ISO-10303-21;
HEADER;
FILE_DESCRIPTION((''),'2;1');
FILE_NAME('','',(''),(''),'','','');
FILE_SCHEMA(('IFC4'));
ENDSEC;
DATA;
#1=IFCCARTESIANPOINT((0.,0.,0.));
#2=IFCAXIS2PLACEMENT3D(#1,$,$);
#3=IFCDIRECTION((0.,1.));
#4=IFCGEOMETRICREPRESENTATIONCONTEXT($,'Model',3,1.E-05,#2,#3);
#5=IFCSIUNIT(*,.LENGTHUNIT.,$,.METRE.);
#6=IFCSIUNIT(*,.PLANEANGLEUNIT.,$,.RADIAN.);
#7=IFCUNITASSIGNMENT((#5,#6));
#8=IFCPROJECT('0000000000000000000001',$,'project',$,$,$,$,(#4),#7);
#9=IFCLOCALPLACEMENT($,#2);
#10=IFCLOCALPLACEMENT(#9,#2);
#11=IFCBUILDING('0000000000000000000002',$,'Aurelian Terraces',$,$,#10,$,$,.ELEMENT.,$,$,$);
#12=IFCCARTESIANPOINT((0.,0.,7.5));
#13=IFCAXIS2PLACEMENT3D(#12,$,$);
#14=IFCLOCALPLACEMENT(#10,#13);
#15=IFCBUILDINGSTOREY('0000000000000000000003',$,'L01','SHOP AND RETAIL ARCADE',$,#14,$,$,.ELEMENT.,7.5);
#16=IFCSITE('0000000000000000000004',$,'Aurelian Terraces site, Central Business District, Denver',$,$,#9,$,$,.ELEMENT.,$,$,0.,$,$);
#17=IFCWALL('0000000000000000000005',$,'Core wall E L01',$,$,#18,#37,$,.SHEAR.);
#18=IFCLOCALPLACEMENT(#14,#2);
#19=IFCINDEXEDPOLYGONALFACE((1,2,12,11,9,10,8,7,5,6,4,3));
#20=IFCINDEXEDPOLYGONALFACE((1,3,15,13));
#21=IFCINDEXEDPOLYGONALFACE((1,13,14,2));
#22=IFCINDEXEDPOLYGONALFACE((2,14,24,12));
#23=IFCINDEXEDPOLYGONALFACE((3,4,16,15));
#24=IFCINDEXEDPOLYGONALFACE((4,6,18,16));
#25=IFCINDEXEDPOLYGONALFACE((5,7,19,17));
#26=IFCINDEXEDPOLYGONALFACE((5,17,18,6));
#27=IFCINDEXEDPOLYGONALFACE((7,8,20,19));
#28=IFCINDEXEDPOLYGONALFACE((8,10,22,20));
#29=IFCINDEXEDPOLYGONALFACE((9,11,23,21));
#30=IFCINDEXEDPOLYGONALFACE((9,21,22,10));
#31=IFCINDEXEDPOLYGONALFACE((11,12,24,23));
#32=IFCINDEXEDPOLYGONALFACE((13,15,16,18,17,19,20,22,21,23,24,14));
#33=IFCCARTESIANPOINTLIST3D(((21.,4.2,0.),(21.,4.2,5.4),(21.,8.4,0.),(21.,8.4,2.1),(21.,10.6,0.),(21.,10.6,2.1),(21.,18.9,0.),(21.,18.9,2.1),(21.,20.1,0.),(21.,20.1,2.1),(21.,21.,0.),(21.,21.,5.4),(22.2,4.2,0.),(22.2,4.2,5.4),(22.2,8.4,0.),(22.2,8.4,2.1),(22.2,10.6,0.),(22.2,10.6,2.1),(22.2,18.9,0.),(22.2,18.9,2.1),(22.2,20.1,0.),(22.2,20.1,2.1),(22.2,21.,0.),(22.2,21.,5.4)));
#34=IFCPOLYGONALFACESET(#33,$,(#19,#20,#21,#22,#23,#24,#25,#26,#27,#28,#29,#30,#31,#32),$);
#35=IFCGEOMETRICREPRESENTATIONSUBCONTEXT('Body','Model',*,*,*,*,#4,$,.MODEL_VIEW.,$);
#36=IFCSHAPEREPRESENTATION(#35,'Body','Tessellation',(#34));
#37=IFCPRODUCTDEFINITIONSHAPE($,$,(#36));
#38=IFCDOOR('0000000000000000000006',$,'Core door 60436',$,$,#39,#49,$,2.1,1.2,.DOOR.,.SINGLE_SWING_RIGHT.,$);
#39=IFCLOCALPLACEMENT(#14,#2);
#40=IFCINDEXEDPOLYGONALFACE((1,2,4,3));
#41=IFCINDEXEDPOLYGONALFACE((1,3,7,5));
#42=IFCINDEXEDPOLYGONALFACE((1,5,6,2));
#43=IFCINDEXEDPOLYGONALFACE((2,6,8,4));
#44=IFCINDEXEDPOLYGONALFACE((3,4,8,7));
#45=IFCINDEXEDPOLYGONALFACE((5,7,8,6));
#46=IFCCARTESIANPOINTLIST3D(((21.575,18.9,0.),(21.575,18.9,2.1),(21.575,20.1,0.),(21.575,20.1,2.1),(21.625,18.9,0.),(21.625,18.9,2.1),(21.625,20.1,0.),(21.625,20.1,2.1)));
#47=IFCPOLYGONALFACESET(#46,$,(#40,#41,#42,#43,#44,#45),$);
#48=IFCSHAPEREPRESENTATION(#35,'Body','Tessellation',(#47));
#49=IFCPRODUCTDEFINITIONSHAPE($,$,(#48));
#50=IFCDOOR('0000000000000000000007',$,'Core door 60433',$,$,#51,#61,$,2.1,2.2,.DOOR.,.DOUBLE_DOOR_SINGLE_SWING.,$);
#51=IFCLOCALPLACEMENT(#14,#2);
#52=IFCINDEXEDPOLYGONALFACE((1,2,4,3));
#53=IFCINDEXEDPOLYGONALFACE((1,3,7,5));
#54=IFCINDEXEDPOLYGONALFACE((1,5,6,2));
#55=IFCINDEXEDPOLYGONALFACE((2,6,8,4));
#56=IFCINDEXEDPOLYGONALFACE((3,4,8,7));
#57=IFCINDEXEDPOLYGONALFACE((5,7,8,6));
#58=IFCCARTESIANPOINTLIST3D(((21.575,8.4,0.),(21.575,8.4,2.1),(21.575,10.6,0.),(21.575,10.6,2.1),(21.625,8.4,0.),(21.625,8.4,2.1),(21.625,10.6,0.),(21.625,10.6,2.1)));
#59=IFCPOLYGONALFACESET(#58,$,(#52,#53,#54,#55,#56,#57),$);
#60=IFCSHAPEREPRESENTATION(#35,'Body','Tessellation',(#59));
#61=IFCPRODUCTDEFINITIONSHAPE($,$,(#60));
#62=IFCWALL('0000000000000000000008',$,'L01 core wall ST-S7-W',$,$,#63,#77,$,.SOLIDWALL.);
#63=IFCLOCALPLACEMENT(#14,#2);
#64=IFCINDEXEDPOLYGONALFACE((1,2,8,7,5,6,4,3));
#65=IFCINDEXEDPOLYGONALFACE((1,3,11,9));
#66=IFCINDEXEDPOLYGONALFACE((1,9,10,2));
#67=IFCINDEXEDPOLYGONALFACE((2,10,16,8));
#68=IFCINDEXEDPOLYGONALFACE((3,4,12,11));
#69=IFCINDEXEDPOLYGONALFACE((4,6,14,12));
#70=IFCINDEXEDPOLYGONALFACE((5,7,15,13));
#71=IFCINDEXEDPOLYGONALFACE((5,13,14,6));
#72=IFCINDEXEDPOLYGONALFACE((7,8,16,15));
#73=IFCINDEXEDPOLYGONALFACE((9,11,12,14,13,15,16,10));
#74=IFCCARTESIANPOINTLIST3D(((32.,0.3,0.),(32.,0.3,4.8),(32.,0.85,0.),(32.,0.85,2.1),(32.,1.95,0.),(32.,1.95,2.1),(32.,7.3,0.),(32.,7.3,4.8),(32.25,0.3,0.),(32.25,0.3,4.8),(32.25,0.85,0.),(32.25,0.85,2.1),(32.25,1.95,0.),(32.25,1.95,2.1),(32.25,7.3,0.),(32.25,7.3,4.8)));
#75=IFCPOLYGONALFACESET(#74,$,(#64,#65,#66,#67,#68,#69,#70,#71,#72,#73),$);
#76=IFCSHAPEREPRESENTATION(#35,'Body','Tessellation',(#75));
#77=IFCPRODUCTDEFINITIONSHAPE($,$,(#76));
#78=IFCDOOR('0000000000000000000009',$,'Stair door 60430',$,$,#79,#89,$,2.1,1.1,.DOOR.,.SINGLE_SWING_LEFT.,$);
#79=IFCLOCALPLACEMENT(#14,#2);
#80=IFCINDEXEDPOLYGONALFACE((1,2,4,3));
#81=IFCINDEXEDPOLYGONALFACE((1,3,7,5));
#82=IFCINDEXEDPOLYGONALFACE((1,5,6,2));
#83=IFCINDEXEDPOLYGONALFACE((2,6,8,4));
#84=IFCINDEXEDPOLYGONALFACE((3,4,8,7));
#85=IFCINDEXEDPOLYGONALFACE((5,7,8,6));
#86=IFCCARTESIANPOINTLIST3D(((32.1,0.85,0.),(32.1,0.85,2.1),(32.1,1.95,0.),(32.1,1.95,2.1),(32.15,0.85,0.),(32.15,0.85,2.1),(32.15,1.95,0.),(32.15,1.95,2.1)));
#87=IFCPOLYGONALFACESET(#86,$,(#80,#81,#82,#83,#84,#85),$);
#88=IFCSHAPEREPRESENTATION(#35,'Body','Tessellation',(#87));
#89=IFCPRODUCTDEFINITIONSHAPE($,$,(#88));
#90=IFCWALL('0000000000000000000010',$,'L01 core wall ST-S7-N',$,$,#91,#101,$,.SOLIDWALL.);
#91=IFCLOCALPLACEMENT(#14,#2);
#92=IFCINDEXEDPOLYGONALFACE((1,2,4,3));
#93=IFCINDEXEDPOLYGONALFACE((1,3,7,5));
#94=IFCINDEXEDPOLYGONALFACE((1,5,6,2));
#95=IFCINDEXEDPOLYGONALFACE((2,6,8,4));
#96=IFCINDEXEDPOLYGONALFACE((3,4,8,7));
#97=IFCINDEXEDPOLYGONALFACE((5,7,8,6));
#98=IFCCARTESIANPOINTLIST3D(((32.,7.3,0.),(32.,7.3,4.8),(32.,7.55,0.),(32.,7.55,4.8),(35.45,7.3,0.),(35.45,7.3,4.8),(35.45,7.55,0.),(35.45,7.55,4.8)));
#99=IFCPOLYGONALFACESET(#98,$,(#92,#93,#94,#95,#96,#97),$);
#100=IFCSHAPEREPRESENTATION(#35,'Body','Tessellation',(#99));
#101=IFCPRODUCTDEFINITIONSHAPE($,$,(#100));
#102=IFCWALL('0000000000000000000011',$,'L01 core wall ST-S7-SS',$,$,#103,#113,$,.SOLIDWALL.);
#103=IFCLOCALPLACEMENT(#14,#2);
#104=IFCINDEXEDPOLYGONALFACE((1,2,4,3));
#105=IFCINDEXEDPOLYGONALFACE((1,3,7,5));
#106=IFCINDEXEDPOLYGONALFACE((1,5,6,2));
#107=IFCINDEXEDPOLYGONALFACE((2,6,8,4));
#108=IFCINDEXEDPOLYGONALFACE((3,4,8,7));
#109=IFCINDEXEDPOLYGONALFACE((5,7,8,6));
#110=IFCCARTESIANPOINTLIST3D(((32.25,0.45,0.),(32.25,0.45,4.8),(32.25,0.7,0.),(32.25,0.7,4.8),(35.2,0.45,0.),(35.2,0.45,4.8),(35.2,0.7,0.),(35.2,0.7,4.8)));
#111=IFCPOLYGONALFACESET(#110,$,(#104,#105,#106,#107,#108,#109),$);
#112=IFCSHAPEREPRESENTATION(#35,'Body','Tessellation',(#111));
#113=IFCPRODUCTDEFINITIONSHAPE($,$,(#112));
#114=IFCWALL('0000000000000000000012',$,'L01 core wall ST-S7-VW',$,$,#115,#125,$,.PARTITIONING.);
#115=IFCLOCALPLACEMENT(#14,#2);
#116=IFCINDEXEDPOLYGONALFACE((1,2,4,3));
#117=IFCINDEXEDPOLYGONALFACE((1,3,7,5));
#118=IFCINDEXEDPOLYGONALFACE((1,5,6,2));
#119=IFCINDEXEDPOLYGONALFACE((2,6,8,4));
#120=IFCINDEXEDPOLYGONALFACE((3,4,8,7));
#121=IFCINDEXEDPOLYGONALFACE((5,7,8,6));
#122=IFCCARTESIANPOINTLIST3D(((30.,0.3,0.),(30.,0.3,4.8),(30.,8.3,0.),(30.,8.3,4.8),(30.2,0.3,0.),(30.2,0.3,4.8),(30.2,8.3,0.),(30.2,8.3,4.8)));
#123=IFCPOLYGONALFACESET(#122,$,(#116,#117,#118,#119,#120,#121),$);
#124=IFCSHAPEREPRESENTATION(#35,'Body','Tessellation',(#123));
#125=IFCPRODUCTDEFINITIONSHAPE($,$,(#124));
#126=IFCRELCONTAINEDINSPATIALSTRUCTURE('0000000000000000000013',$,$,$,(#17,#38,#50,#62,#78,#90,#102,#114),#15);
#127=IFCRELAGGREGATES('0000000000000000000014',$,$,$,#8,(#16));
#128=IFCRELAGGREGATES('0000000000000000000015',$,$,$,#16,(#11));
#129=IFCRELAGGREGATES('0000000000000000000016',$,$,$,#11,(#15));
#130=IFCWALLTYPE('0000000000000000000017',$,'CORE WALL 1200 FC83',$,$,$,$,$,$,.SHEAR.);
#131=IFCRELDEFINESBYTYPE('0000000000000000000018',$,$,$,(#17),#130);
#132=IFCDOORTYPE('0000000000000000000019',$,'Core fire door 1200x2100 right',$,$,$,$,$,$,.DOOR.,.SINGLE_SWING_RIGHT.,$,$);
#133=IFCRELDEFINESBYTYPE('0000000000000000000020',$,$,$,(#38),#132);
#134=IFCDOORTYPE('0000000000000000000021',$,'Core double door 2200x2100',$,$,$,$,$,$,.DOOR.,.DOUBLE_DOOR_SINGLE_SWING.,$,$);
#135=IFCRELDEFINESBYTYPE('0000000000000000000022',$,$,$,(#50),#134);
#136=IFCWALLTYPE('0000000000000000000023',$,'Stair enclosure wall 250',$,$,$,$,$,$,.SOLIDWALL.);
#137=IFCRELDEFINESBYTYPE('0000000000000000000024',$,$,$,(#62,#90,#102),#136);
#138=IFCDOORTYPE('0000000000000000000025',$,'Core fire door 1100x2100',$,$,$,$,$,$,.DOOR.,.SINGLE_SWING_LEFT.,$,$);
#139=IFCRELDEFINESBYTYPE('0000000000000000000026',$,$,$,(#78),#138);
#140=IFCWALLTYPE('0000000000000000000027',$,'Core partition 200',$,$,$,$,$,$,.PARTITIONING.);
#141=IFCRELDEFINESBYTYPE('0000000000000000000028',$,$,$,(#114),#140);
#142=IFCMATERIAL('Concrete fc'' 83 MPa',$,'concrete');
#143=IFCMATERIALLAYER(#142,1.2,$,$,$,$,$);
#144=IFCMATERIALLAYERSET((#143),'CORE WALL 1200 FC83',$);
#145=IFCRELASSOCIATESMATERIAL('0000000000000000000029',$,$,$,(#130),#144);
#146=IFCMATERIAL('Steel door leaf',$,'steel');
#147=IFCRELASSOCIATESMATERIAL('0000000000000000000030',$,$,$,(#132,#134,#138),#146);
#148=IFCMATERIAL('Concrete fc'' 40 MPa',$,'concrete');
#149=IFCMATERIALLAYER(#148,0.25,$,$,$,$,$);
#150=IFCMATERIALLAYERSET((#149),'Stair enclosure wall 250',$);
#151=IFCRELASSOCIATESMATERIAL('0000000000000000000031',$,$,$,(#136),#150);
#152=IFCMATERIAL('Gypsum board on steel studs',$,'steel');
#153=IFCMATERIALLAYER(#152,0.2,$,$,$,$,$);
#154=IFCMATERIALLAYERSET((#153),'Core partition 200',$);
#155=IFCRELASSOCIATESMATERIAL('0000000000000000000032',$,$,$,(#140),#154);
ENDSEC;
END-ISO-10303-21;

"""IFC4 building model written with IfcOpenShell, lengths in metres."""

from ifc_helpers import new_model, si_unit, direction, frame, frame_2d, origin, place, context, subcontext, project, spatial, rectangle, extrude, source, transform, mapped, material, layer, layer_set, type_object, element, fill, save


model = new_model("IFC4")

# Units and contexts
model_context = context("Model", 3, precision=1e-05, world=origin(), true_north=direction((0.0, 1.0)))
body_context = subcontext(model_context, "Body", "Model", "MODEL_VIEW")
ifc_project = project(units=[si_unit("LENGTHUNIT", "METRE"), si_unit("PLANEANGLEUNIT", "RADIAN")], contexts=[model_context])

# Site, building, storey
site_placement = place(None, origin())
site = spatial("IfcSite", under=ifc_project, at=site_placement, Name="Aurelian Terraces site, Central Business District, Denver", CompositionType="ELEMENT", RefElevation=0.0)
building_placement = place(site_placement, origin())
building = spatial("IfcBuilding", under=site, at=building_placement, Name="Aurelian Terraces", CompositionType="ELEMENT")
storey_placement = place(building_placement, frame((0.0, 0.0, 7.5)))
storey = spatial("IfcBuildingStorey", under=building, at=storey_placement, Name="L01", Description="SHOP AND RETAIL ARCADE", CompositionType="ELEMENT", Elevation=7.5)

# Wall, openings, doors
ifc_material_1 = material(Name="Concrete fc' 83 MPa", Category="concrete")
ifc_layer_1 = layer(ifc_material_1, 1.2)
ifc_layer_set_1 = layer_set([ifc_layer_1], Name="CORE WALL 1200 FC83")
wall_type_1 = type_object("IfcWallType", Name="CORE WALL 1200 FC83", PredefinedType="SHEAR", material=ifc_layer_set_1)
wall_1_placement = place(storey_placement, frame((21.6, 4.2, 0.0), z_axis=(0.0, 0.0, 1.0), x_axis=(0.0, 1.0, 0.0)))
wall_1 = element("IfcWall", 1, at=wall_1_placement, inside=storey, type_object=wall_type_1, Name="Core wall E L01", PredefinedType="SHEAR", context=body_context, shape_type="SweptSolid", body=[
    extrude(rectangle(XDim=16.8, YDim=1.2, at=frame_2d((8.4, 0.0))), origin(), (0.0, 0.0, 1.0), 5.4),
])
shared_shape_1 = source(origin(), body_context, "Body", "SweptSolid", [
    extrude(rectangle(XDim=2.2, YDim=2.1, at=frame_2d((1.1, 1.05))), frame((0.0, 0.61, 0.0), z_axis=(0.0, -1.0, 0.0), x_axis=(1.0, 0.0, 0.0)), (0.0, 0.0, 1.0), 1.22),
])
opening_1_placement = place(wall_1_placement, frame((4.2, 0.0, 0.0)))
opening_1 = element("IfcOpeningElement", 2, at=opening_1_placement, cuts=wall_1, PredefinedType="OPENING", context=body_context, shape_type="MappedRepresentation", body=[
    mapped(shared_shape_1, transform((0.0, 0.0, 0.0), scale=1.0)),
])
shared_shape_2 = source(origin(), body_context, "Body", "SweptSolid", [
    extrude(rectangle(XDim=1.2, YDim=2.1, at=frame_2d((0.6, 1.05))), frame((0.0, 0.61, 0.0), z_axis=(0.0, -1.0, 0.0), x_axis=(1.0, 0.0, 0.0)), (0.0, 0.0, 1.0), 1.22),
])
opening_2_placement = place(wall_1_placement, frame((14.7, 0.0, 0.0)))
opening_2 = element("IfcOpeningElement", 3, at=opening_2_placement, cuts=wall_1, PredefinedType="OPENING", context=body_context, shape_type="MappedRepresentation", body=[
    mapped(shared_shape_2, transform((0.0, 0.0, 0.0), scale=1.0)),
])
ifc_material_2 = material(Name="Steel door leaf", Category="steel")
door_type_1 = type_object("IfcDoorType", Name="Core fire door 1200x2100 right", OperationType="SINGLE_SWING_RIGHT", PredefinedType="DOOR", material=ifc_material_2)
shared_shape_3 = source(origin(), body_context, "Body", "SweptSolid", [
    extrude(rectangle(XDim=1.2, YDim=2.1, at=frame_2d((0.6, 1.05))), frame((0.0, 0.025, 0.0), z_axis=(0.0, -1.0, 0.0), x_axis=(1.0, 0.0, 0.0)), (0.0, 0.0, 1.0), 0.05),
])
door_1_placement = place(opening_2_placement, origin())
door_1 = element("IfcDoor", 4, at=door_1_placement, inside=storey, type_object=door_type_1, Name="Core door 60436", OperationType="SINGLE_SWING_RIGHT", OverallHeight=2.1, OverallWidth=1.2, PredefinedType="DOOR", context=body_context, shape_type="MappedRepresentation", body=[
    mapped(shared_shape_3, transform((0.0, 0.0, 0.0), scale=1.0)),
])
fill(opening_2, door_1)
door_type_2 = type_object("IfcDoorType", Name="Core double door 2200x2100", OperationType="DOUBLE_DOOR_SINGLE_SWING", PredefinedType="DOOR", material=ifc_material_2)
shared_shape_4 = source(origin(), body_context, "Body", "SweptSolid", [
    extrude(rectangle(XDim=2.2, YDim=2.1, at=frame_2d((1.1, 1.05))), frame((0.0, 0.025, 0.0), z_axis=(0.0, -1.0, 0.0), x_axis=(1.0, 0.0, 0.0)), (0.0, 0.0, 1.0), 0.05),
])
door_2_placement = place(opening_1_placement, origin())
door_2 = element("IfcDoor", 5, at=door_2_placement, inside=storey, type_object=door_type_2, Name="Core door 60433", OperationType="DOUBLE_DOOR_SINGLE_SWING", OverallHeight=2.1, OverallWidth=2.2, PredefinedType="DOOR", context=body_context, shape_type="MappedRepresentation", body=[
    mapped(shared_shape_4, transform((0.0, 0.0, 0.0), scale=1.0)),
])
fill(opening_1, door_2)

# Wall, opening, door
ifc_material_3 = material(Name="Concrete fc' 40 MPa", Category="concrete")
ifc_layer_2 = layer(ifc_material_3, 0.25)
ifc_layer_set_2 = layer_set([ifc_layer_2], Name="Stair enclosure wall 250")
wall_type_2 = type_object("IfcWallType", Name="Stair enclosure wall 250", PredefinedType="SOLIDWALL", material=ifc_layer_set_2)
shared_shape_5 = source(origin(), body_context, "Body", "SweptSolid", [
    extrude(rectangle(XDim=7.0, YDim=0.25, at=frame_2d((3.5, 0.0))), origin(), (0.0, 0.0, 1.0), 4.8),
])
wall_2_placement = place(storey_placement, frame((32.125, 0.3, 0.0), z_axis=(0.0, 0.0, 1.0), x_axis=(0.0, 1.0, 0.0)))
wall_2 = element("IfcWall", 6, at=wall_2_placement, inside=storey, type_object=wall_type_2, Name="L01 core wall ST-S7-W", PredefinedType="SOLIDWALL", context=body_context, shape_type="MappedRepresentation", body=[
    mapped(shared_shape_5, transform((0.0, 0.0, 0.0), scale=1.0)),
])
shared_shape_6 = source(origin(), body_context, "Body", "SweptSolid", [
    extrude(rectangle(XDim=1.1, YDim=2.1, at=frame_2d((0.55, 1.05))), frame((0.0, 0.135, 0.0), z_axis=(0.0, -1.0, 0.0), x_axis=(1.0, 0.0, 0.0)), (0.0, 0.0, 1.0), 0.27),
])
opening_3_placement = place(wall_2_placement, frame((0.55, 0.0, 0.0)))
opening_3 = element("IfcOpeningElement", 7, at=opening_3_placement, cuts=wall_2, PredefinedType="OPENING", context=body_context, shape_type="MappedRepresentation", body=[
    mapped(shared_shape_6, transform((0.0, 0.0, 0.0), scale=1.0)),
])
door_type_3 = type_object("IfcDoorType", Name="Core fire door 1100x2100", OperationType="SINGLE_SWING_LEFT", PredefinedType="DOOR", material=ifc_material_2)
shared_shape_7 = source(origin(), body_context, "Body", "SweptSolid", [
    extrude(rectangle(XDim=1.1, YDim=2.1, at=frame_2d((0.55, 1.05))), frame((0.0, 0.025, 0.0), z_axis=(0.0, -1.0, 0.0), x_axis=(1.0, 0.0, 0.0)), (0.0, 0.0, 1.0), 0.05),
])
door_3_placement = place(opening_3_placement, origin())
door_3 = element("IfcDoor", 8, at=door_3_placement, inside=storey, type_object=door_type_3, Name="Stair door 60430", OperationType="SINGLE_SWING_LEFT", OverallHeight=2.1, OverallWidth=1.1, PredefinedType="DOOR", context=body_context, shape_type="MappedRepresentation", body=[
    mapped(shared_shape_7, transform((0.0, 0.0, 0.0), scale=1.0)),
])
fill(opening_3, door_3)

# Walls
shared_shape_8 = source(origin(), body_context, "Body", "SweptSolid", [
    extrude(rectangle(XDim=3.45, YDim=0.25, at=frame_2d((1.725, 0.0))), origin(), (0.0, 0.0, 1.0), 4.8),
])
wall_3_placement = place(storey_placement, frame((32.0, 7.425, 0.0), z_axis=(0.0, 0.0, 1.0), x_axis=(1.0, 0.0, 0.0)))
element("IfcWall", 9, at=wall_3_placement, inside=storey, type_object=wall_type_2, Name="L01 core wall ST-S7-N", PredefinedType="SOLIDWALL", context=body_context, shape_type="MappedRepresentation", body=[
    mapped(shared_shape_8, transform((0.0, 0.0, 0.0), scale=1.0)),
])
shared_shape_9 = source(origin(), body_context, "Body", "SweptSolid", [
    extrude(rectangle(XDim=2.95, YDim=0.25, at=frame_2d((1.475, 0.0))), origin(), (0.0, 0.0, 1.0), 4.8),
])
wall_4_placement = place(storey_placement, frame((32.25, 0.575, 0.0), z_axis=(0.0, 0.0, 1.0), x_axis=(1.0, 0.0, 0.0)))
element("IfcWall", 10, at=wall_4_placement, inside=storey, type_object=wall_type_2, Name="L01 core wall ST-S7-SS", PredefinedType="SOLIDWALL", context=body_context, shape_type="MappedRepresentation", body=[
    mapped(shared_shape_9, transform((0.0, 0.0, 0.0), scale=1.0)),
])
ifc_material_4 = material(Name="Gypsum board on steel studs", Category="steel")
ifc_layer_3 = layer(ifc_material_4, 0.2)
ifc_layer_set_3 = layer_set([ifc_layer_3], Name="Core partition 200")
wall_type_3 = type_object("IfcWallType", Name="Core partition 200", PredefinedType="PARTITIONING", material=ifc_layer_set_3)
shared_shape_10 = source(origin(), body_context, "Body", "SweptSolid", [
    extrude(rectangle(XDim=8.0, YDim=0.2, at=frame_2d((4.0, 0.0))), origin(), (0.0, 0.0, 1.0), 4.8),
])
wall_5_placement = place(storey_placement, frame((30.1, 0.3, 0.0), z_axis=(0.0, 0.0, 1.0), x_axis=(0.0, 1.0, 0.0)))
element("IfcWall", 11, at=wall_5_placement, inside=storey, type_object=wall_type_3, Name="L01 core wall ST-S7-VW", PredefinedType="PARTITIONING", context=body_context, shape_type="MappedRepresentation", body=[
    mapped(shared_shape_10, transform((0.0, 0.0, 0.0), scale=1.0)),
])

save(model, "model.ifc")
